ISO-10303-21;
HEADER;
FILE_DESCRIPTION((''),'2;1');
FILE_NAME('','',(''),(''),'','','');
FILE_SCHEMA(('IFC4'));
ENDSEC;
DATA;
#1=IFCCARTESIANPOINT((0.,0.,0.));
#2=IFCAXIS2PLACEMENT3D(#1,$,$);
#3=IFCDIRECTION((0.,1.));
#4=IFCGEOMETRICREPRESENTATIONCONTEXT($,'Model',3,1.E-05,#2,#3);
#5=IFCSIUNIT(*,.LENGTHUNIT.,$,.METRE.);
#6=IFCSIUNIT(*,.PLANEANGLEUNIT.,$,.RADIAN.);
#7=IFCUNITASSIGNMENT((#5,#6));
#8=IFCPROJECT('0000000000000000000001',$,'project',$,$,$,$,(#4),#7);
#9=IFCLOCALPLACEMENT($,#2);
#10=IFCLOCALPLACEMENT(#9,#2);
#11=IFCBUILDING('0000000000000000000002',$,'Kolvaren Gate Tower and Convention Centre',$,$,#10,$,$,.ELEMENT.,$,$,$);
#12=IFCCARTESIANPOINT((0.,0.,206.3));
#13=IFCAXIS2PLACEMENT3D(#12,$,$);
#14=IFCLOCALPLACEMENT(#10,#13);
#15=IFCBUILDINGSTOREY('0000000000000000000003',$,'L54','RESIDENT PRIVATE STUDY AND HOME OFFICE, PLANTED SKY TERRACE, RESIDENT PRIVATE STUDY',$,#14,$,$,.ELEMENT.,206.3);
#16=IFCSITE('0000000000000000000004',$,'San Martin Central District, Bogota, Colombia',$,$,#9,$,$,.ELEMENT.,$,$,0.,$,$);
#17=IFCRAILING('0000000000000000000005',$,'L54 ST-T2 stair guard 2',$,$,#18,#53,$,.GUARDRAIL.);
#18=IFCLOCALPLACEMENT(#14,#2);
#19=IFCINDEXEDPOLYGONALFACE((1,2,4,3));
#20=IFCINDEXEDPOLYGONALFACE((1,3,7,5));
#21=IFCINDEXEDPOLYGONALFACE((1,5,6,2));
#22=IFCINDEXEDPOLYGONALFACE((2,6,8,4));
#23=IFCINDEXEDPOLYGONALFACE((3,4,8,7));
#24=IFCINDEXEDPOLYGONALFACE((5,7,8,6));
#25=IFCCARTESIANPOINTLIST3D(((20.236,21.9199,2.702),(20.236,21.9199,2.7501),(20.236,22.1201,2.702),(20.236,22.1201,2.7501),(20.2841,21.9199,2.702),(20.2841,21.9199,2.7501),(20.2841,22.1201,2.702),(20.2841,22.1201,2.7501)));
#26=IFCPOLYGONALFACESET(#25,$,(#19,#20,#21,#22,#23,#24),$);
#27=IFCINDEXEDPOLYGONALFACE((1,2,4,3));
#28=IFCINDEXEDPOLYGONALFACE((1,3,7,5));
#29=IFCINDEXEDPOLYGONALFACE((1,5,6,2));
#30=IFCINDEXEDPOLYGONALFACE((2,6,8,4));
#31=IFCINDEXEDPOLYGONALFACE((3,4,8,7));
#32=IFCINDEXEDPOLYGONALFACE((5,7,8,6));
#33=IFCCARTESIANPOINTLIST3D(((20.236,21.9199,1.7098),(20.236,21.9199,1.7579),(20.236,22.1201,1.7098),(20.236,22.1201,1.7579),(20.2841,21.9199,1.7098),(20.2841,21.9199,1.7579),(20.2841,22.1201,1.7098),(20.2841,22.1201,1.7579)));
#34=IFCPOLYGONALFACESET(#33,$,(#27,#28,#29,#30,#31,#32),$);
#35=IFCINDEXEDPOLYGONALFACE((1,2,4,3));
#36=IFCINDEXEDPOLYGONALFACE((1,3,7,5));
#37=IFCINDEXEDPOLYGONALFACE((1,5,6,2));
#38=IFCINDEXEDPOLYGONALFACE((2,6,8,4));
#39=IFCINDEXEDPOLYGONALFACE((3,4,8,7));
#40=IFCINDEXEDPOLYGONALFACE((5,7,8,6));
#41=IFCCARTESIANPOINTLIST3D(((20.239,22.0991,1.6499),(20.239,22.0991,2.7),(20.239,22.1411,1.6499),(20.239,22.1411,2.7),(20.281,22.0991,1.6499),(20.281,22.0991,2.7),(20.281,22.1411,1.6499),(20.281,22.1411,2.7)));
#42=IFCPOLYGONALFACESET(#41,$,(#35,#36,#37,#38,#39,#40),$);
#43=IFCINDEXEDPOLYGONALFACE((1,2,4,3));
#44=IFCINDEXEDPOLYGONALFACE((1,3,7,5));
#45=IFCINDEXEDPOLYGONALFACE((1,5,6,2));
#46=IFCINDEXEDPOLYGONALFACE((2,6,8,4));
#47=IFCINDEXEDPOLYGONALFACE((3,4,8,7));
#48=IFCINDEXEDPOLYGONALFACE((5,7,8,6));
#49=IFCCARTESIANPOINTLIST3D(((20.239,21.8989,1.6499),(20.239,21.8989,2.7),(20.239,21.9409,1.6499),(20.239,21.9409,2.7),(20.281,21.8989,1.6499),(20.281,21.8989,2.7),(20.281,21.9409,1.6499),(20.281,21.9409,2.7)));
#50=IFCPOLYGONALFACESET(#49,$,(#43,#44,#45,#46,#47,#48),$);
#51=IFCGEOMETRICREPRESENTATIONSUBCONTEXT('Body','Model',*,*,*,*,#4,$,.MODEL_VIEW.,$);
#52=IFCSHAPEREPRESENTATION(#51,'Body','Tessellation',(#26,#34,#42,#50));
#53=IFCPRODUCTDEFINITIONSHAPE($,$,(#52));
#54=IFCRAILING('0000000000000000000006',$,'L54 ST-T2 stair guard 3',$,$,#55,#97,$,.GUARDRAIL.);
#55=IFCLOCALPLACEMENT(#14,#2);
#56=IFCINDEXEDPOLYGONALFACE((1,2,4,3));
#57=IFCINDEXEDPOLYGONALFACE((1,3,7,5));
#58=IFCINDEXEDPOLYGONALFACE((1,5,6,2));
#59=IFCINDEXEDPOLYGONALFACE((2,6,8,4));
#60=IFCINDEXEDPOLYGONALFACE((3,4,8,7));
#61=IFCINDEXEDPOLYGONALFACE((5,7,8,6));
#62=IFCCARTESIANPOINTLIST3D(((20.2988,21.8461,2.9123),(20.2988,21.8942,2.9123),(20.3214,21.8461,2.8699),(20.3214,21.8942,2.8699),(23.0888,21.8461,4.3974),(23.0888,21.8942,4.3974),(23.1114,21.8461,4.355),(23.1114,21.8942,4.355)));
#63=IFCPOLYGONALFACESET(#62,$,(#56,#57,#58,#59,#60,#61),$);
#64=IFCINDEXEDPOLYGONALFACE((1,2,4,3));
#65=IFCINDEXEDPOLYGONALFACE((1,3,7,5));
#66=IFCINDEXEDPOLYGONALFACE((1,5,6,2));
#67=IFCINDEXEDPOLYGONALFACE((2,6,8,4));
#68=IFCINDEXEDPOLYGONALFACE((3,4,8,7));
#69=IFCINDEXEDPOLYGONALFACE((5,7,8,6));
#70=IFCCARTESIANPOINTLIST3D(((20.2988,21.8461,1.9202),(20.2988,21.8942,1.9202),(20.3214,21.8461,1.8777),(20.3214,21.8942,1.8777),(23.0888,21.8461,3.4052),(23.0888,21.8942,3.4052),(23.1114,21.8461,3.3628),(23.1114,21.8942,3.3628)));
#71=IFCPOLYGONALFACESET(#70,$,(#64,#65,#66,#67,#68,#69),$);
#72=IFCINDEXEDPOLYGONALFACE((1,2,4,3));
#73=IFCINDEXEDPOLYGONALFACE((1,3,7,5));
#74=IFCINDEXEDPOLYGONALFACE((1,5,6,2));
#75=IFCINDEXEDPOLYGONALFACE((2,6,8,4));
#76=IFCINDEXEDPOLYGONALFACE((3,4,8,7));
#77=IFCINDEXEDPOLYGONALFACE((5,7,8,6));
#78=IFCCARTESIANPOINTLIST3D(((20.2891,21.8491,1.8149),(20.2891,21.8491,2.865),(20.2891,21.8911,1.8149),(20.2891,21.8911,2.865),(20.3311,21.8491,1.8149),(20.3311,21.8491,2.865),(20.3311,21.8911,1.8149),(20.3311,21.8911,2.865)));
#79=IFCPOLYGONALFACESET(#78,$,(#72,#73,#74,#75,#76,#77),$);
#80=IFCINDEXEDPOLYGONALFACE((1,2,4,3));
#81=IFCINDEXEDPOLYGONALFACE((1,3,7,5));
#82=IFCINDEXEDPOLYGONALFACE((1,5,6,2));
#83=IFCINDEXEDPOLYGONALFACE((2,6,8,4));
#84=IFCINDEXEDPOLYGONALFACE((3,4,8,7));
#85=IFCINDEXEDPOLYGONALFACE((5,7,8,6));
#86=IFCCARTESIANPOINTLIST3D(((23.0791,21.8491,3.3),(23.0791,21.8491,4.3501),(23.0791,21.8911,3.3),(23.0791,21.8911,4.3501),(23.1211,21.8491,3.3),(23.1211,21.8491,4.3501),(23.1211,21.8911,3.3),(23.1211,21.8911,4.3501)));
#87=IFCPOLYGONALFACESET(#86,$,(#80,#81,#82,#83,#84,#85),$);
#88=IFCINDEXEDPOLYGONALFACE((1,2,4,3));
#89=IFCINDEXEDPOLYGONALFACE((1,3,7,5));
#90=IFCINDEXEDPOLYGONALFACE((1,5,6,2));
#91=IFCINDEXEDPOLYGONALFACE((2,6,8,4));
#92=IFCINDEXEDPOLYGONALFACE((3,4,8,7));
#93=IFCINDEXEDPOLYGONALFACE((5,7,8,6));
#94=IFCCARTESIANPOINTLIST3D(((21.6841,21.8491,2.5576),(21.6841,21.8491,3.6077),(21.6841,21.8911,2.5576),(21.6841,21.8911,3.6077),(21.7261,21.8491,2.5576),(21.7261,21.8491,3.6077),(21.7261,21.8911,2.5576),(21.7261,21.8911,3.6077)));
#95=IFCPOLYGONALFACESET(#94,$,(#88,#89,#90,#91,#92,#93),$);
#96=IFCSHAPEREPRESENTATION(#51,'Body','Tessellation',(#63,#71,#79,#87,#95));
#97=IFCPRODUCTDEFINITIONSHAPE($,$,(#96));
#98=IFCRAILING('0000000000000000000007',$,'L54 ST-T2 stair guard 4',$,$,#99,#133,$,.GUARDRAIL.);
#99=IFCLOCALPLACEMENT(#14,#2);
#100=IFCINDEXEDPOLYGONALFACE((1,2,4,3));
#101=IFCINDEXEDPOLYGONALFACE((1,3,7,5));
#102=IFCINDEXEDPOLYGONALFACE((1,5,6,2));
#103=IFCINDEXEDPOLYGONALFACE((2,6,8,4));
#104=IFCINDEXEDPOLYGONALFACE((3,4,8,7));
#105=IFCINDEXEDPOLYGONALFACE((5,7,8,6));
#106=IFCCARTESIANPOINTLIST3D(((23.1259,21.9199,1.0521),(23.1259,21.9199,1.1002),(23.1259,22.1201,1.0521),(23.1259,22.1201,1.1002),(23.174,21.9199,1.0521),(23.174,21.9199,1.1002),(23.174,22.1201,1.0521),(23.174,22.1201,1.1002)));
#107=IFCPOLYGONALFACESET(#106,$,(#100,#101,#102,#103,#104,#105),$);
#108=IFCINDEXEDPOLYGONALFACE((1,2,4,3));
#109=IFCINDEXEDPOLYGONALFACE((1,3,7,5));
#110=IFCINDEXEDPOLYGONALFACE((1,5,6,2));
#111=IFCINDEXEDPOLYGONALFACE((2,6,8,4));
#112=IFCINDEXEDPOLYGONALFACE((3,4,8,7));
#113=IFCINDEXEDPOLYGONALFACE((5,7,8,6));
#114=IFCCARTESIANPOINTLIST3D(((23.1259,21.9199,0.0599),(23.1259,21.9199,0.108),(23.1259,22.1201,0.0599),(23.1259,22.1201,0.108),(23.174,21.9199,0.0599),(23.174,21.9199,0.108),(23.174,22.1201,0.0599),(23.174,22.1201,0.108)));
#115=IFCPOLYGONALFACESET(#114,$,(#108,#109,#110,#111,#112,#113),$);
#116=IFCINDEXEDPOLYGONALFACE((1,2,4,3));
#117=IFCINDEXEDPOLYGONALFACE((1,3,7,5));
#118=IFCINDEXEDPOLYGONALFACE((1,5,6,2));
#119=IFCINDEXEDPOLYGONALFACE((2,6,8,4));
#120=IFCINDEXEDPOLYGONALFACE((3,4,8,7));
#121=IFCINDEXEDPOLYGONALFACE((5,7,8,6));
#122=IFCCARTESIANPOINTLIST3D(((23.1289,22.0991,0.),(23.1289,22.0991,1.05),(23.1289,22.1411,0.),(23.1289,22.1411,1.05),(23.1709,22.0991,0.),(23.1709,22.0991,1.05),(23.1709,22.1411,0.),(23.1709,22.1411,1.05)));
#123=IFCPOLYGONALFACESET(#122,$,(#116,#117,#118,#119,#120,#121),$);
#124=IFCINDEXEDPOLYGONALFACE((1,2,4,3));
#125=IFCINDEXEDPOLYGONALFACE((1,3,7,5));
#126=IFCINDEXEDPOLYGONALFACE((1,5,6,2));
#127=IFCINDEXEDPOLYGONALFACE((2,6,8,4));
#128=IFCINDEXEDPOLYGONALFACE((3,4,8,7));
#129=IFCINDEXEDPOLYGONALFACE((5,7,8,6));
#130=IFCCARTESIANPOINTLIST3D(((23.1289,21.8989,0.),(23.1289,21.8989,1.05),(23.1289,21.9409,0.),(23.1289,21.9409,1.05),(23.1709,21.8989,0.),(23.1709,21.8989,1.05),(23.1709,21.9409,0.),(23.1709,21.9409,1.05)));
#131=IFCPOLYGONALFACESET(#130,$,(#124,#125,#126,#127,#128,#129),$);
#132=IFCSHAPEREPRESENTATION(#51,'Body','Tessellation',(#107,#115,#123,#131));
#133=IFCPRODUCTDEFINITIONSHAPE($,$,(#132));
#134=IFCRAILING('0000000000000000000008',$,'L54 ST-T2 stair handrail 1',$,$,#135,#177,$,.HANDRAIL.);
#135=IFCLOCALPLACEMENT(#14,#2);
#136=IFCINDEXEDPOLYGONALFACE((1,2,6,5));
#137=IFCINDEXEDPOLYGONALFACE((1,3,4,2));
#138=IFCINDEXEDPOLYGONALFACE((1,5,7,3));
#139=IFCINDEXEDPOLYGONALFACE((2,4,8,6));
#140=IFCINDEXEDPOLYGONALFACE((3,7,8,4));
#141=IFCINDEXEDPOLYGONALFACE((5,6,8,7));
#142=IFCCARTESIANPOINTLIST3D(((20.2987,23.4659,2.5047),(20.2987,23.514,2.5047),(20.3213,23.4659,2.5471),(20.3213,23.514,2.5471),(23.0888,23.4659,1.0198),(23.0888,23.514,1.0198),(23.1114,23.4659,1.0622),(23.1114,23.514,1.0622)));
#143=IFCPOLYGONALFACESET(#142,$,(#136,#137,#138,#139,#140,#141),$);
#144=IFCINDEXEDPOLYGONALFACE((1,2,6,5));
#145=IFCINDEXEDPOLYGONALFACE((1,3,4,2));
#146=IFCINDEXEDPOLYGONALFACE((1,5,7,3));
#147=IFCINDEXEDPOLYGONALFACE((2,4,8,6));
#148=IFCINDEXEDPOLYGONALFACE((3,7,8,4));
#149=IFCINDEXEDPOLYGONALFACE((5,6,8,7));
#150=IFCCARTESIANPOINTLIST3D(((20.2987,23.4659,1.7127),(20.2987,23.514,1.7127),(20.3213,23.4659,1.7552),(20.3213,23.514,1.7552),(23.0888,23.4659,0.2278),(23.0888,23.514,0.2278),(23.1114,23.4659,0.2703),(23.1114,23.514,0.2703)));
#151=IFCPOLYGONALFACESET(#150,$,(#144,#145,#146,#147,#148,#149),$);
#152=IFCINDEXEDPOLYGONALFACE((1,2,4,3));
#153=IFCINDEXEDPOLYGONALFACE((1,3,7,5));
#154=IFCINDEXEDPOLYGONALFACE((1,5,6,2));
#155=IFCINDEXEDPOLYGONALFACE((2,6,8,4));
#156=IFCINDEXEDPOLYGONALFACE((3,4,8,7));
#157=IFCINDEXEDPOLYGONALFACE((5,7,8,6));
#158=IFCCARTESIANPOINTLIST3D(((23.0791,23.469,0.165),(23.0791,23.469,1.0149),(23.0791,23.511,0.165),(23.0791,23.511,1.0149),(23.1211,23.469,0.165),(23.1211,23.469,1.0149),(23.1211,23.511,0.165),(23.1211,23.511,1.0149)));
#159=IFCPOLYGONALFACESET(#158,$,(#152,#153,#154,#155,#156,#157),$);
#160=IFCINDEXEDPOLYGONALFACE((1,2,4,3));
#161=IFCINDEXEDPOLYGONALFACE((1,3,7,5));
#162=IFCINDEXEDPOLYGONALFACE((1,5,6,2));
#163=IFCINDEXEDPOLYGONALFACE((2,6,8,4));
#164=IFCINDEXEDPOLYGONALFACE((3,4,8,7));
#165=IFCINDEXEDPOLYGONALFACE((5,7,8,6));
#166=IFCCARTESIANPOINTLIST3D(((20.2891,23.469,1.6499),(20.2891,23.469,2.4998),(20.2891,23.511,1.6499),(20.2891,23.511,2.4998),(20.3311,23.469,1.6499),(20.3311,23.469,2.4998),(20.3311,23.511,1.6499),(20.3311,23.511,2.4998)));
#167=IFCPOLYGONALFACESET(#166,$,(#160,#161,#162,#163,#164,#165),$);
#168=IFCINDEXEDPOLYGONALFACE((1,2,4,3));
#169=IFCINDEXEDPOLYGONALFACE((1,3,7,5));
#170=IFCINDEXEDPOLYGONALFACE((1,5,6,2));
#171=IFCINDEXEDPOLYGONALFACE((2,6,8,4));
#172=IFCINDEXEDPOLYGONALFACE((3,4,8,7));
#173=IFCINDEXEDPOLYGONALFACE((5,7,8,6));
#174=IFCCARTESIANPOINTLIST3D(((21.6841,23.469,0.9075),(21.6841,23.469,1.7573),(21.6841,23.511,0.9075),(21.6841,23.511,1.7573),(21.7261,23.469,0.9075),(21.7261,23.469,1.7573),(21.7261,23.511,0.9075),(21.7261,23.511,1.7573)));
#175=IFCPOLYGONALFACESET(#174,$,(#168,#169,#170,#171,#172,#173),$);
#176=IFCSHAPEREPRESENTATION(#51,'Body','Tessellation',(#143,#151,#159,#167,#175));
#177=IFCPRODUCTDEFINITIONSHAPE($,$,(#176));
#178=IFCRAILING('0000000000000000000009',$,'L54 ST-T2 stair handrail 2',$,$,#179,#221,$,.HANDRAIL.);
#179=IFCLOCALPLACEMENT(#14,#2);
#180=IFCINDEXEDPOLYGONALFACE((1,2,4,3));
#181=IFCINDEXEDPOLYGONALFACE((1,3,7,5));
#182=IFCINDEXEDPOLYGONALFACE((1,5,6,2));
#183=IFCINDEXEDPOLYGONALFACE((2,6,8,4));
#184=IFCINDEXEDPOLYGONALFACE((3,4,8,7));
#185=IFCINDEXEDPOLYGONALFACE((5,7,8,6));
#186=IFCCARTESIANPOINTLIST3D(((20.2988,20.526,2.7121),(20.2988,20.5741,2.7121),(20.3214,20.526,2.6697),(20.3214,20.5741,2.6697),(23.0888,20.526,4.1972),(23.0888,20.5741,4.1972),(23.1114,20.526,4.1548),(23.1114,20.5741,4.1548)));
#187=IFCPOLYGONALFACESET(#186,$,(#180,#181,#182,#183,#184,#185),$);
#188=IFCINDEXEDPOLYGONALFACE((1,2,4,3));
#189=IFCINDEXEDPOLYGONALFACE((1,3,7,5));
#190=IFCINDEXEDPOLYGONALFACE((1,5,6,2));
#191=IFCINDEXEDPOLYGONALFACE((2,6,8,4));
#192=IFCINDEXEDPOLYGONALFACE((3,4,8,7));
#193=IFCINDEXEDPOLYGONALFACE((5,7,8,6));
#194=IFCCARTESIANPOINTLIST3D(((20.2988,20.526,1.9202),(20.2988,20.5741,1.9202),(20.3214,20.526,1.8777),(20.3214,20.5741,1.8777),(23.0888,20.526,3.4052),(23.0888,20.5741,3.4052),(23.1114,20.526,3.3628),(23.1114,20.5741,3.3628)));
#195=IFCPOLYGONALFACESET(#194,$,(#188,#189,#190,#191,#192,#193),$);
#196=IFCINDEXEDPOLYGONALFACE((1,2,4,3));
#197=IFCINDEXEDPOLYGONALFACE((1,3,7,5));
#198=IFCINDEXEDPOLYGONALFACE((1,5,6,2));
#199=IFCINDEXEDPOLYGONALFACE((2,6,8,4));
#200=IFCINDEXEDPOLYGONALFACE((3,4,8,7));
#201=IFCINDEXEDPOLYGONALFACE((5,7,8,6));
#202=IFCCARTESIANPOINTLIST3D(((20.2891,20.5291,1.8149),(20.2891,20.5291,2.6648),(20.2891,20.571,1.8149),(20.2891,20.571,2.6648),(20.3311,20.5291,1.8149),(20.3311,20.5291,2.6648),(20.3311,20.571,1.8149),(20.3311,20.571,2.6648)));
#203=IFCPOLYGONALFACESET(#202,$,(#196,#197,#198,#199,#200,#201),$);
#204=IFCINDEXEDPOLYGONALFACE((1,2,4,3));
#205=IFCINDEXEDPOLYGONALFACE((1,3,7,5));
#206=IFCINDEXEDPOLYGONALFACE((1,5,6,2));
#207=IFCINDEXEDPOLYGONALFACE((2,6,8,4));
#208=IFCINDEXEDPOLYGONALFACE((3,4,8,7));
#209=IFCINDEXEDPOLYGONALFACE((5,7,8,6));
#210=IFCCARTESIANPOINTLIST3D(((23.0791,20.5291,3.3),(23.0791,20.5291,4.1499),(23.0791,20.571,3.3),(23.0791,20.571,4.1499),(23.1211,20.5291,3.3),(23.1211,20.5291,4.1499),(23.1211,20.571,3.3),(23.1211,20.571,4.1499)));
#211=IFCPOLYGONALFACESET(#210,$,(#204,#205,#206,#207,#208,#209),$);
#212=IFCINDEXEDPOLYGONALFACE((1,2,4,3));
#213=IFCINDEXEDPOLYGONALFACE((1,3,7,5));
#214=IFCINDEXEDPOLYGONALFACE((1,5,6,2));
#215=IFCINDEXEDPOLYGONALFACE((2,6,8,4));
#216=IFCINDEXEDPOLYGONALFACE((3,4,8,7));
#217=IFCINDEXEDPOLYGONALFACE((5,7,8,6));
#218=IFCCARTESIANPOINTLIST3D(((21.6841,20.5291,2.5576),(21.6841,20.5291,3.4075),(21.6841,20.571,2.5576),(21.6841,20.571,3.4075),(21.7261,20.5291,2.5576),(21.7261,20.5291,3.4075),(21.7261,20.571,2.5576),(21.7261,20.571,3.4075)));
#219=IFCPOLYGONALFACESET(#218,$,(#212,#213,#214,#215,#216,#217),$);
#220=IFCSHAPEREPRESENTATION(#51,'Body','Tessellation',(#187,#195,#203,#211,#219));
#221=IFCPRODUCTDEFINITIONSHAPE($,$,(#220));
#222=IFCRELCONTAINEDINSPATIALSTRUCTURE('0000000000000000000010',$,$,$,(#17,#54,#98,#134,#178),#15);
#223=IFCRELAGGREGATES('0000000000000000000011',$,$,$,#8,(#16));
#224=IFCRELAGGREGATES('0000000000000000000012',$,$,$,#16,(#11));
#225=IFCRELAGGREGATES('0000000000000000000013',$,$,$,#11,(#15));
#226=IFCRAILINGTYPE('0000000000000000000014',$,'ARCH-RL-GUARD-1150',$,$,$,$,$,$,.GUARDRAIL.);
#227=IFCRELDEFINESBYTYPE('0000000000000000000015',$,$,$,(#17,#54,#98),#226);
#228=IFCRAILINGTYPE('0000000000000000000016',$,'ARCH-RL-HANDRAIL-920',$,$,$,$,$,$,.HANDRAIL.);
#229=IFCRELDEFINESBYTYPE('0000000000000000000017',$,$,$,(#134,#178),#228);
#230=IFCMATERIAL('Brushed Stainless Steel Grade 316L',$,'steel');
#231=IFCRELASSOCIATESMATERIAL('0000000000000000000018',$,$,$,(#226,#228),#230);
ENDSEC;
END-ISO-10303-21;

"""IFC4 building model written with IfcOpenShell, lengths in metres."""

from ifc_helpers import new_model, si_unit, direction, frame, origin, origin_2d, place, context, subcontext, project, spatial, rectangle, extrude, material, type_object, element, save


model = new_model("IFC4")

# Units and contexts
model_context = context("Model", 3, precision=1e-05, world=origin(), true_north=direction((0.0, 1.0)))
body_context = subcontext(model_context, "Body", "Model", "MODEL_VIEW")
ifc_project = project(units=[si_unit("LENGTHUNIT", "METRE"), si_unit("PLANEANGLEUNIT", "RADIAN")], contexts=[model_context])

# Site, building, storey
site_placement = place(None, origin())
site = spatial("IfcSite", under=ifc_project, at=site_placement, Name="San Martin Central District, Bogota, Colombia", CompositionType="ELEMENT", RefElevation=0.0)
building_placement = place(site_placement, origin())
building = spatial("IfcBuilding", under=site, at=building_placement, Name="Kolvaren Gate Tower and Convention Centre", CompositionType="ELEMENT")
storey_placement = place(building_placement, frame((0.0, 0.0, 206.3)))
storey = spatial("IfcBuildingStorey", under=building, at=storey_placement, Name="L54", Description="RESIDENT PRIVATE STUDY AND HOME OFFICE, PLANTED SKY TERRACE, RESIDENT PRIVATE STUDY", CompositionType="ELEMENT", Elevation=206.3)

# Shared definitions
ifc_material_1 = material(Name="Brushed Stainless Steel Grade 316L", Category="steel")

# Railings
railing_type_1 = type_object("IfcRailingType", Name="ARCH-RL-GUARD-1150", PredefinedType="GUARDRAIL", material=ifc_material_1)
railing_1_placement = place(storey_placement, frame((20.26, 22.1201, 1.6499)))
element("IfcRailing", 1, at=railing_1_placement, inside=storey, type_object=railing_type_1, Name="L54 ST-T2 stair guard 2", PredefinedType="GUARDRAIL", context=body_context, shape_type="SweptSolid", body=[
    extrude(rectangle(XDim=0.0481, YDim=0.0481, at=origin_2d()), frame((0.0, 0.0, 1.0762), z_axis=(0.0, -1.0, 0.0), x_axis=(1.0, 0.0, 0.0)), (0.0, 0.0, 1.0), 0.2002),
    extrude(rectangle(XDim=0.0481, YDim=0.0481, at=origin_2d()), frame((0.0, 0.0, 0.084), z_axis=(0.0, -1.0, 0.0), x_axis=(1.0, 0.0, 0.0)), (0.0, 0.0, 1.0), 0.2002),
    extrude(rectangle(XDim=0.042, YDim=0.042, at=origin_2d()), origin(), (0.0, 0.0, 1.0), 1.05),
    extrude(rectangle(XDim=0.042, YDim=0.042, at=origin_2d()), frame((0.0, -0.2002, 0.0)), (0.0, 0.0, 1.0), 1.05),
])
railing_2_placement = place(storey_placement, frame((20.3101, 21.8701, 1.8149)))
element("IfcRailing", 2, at=railing_2_placement, inside=storey, type_object=railing_type_1, Name="L54 ST-T2 stair guard 3", PredefinedType="GUARDRAIL", context=body_context, shape_type="SweptSolid", body=[
    extrude(rectangle(XDim=0.0481, YDim=0.0481, at=origin_2d()), frame((0.0, 0.0, 1.0762), z_axis=(0.882735, 0.0, 0.46987), x_axis=(0.0, 1.0, 0.0)), (0.0, 0.0, 1.0), 3.1606),
    extrude(rectangle(XDim=0.0481, YDim=0.0481, at=origin_2d()), frame((0.0, 0.0, 0.084), z_axis=(0.882735, 0.0, 0.46987), x_axis=(0.0, 1.0, 0.0)), (0.0, 0.0, 1.0), 3.1606),
    extrude(rectangle(XDim=0.042, YDim=0.042, at=origin_2d()), origin(), (0.0, 0.0, 1.0), 1.05),
    extrude(rectangle(XDim=0.042, YDim=0.042, at=origin_2d()), frame((2.79, 0.0, 1.4851)), (0.0, 0.0, 1.0), 1.05),
    extrude(rectangle(XDim=0.042, YDim=0.042, at=origin_2d()), frame((1.395, 0.0, 0.7427)), (0.0, 0.0, 1.0), 1.05),
])
railing_3_placement = place(storey_placement, frame((23.1499, 22.1201, 0.0)))
element("IfcRailing", 3, at=railing_3_placement, inside=storey, type_object=railing_type_1, Name="L54 ST-T2 stair guard 4", PredefinedType="GUARDRAIL", context=body_context, shape_type="SweptSolid", body=[
    extrude(rectangle(XDim=0.0481, YDim=0.0481, at=origin_2d()), frame((0.0, 0.0, 1.0762), z_axis=(0.0, -1.0, 0.0), x_axis=(1.0, 0.0, 0.0)), (0.0, 0.0, 1.0), 0.2002),
    extrude(rectangle(XDim=0.0481, YDim=0.0481, at=origin_2d()), frame((0.0, 0.0, 0.084), z_axis=(0.0, -1.0, 0.0), x_axis=(1.0, 0.0, 0.0)), (0.0, 0.0, 1.0), 0.2002),
    extrude(rectangle(XDim=0.042, YDim=0.042, at=origin_2d()), origin(), (0.0, 0.0, 1.0), 1.05),
    extrude(rectangle(XDim=0.042, YDim=0.042, at=origin_2d()), frame((0.0, -0.2002, 0.0)), (0.0, 0.0, 1.0), 1.05),
])
railing_type_2 = type_object("IfcRailingType", Name="ARCH-RL-HANDRAIL-920", PredefinedType="HANDRAIL", material=ifc_material_1)
railing_4_placement = place(storey_placement, frame((23.1001, 23.49, 0.165)))
element("IfcRailing", 4, at=railing_4_placement, inside=storey, type_object=railing_type_2, Name="L54 ST-T2 stair handrail 1", PredefinedType="HANDRAIL", context=body_context, shape_type="SweptSolid", body=[
    extrude(rectangle(XDim=0.0481, YDim=0.0481, at=origin_2d()), frame((0.0, 0.0, 0.876), z_axis=(-0.882767, 0.0, 0.46981), x_axis=(0.0, -1.0, 0.0)), (0.0, 0.0, 1.0), 3.1606),
    extrude(rectangle(XDim=0.0481, YDim=0.0481, at=origin_2d()), frame((0.0, 0.0, 0.084), z_axis=(-0.882767, 0.0, 0.46981), x_axis=(0.0, -1.0, 0.0)), (0.0, 0.0, 1.0), 3.1606),
    extrude(rectangle(XDim=0.042, YDim=0.042, at=origin_2d()), origin(), (0.0, 0.0, 1.0), 0.8499),
    extrude(rectangle(XDim=0.042, YDim=0.042, at=origin_2d()), frame((-2.79, 0.0, 1.4849)), (0.0, 0.0, 1.0), 0.8499),
    extrude(rectangle(XDim=0.042, YDim=0.042, at=origin_2d()), frame((-1.395, 0.0, 0.7424)), (0.0, 0.0, 1.0), 0.8499),
])
railing_5_placement = place(storey_placement, frame((20.3101, 20.55, 1.8149)))
element("IfcRailing", 5, at=railing_5_placement, inside=storey, type_object=railing_type_2, Name="L54 ST-T2 stair handrail 2", PredefinedType="HANDRAIL", context=body_context, shape_type="SweptSolid", body=[
    extrude(rectangle(XDim=0.0481, YDim=0.0481, at=origin_2d()), frame((0.0, 0.0, 0.876), z_axis=(0.882735, 0.0, 0.46987), x_axis=(0.0, 1.0, 0.0)), (0.0, 0.0, 1.0), 3.1606),
    extrude(rectangle(XDim=0.0481, YDim=0.0481, at=origin_2d()), frame((0.0, 0.0, 0.084), z_axis=(0.882735, 0.0, 0.46987), x_axis=(0.0, 1.0, 0.0)), (0.0, 0.0, 1.0), 3.1606),
    extrude(rectangle(XDim=0.042, YDim=0.042, at=origin_2d()), origin(), (0.0, 0.0, 1.0), 0.8499),
    extrude(rectangle(XDim=0.042, YDim=0.042, at=origin_2d()), frame((2.79, 0.0, 1.4851)), (0.0, 0.0, 1.0), 0.8499),
    extrude(rectangle(XDim=0.042, YDim=0.042, at=origin_2d()), frame((1.395, 0.0, 0.7427)), (0.0, 0.0, 1.0), 0.8499),
])

save(model, "model.ifc")
